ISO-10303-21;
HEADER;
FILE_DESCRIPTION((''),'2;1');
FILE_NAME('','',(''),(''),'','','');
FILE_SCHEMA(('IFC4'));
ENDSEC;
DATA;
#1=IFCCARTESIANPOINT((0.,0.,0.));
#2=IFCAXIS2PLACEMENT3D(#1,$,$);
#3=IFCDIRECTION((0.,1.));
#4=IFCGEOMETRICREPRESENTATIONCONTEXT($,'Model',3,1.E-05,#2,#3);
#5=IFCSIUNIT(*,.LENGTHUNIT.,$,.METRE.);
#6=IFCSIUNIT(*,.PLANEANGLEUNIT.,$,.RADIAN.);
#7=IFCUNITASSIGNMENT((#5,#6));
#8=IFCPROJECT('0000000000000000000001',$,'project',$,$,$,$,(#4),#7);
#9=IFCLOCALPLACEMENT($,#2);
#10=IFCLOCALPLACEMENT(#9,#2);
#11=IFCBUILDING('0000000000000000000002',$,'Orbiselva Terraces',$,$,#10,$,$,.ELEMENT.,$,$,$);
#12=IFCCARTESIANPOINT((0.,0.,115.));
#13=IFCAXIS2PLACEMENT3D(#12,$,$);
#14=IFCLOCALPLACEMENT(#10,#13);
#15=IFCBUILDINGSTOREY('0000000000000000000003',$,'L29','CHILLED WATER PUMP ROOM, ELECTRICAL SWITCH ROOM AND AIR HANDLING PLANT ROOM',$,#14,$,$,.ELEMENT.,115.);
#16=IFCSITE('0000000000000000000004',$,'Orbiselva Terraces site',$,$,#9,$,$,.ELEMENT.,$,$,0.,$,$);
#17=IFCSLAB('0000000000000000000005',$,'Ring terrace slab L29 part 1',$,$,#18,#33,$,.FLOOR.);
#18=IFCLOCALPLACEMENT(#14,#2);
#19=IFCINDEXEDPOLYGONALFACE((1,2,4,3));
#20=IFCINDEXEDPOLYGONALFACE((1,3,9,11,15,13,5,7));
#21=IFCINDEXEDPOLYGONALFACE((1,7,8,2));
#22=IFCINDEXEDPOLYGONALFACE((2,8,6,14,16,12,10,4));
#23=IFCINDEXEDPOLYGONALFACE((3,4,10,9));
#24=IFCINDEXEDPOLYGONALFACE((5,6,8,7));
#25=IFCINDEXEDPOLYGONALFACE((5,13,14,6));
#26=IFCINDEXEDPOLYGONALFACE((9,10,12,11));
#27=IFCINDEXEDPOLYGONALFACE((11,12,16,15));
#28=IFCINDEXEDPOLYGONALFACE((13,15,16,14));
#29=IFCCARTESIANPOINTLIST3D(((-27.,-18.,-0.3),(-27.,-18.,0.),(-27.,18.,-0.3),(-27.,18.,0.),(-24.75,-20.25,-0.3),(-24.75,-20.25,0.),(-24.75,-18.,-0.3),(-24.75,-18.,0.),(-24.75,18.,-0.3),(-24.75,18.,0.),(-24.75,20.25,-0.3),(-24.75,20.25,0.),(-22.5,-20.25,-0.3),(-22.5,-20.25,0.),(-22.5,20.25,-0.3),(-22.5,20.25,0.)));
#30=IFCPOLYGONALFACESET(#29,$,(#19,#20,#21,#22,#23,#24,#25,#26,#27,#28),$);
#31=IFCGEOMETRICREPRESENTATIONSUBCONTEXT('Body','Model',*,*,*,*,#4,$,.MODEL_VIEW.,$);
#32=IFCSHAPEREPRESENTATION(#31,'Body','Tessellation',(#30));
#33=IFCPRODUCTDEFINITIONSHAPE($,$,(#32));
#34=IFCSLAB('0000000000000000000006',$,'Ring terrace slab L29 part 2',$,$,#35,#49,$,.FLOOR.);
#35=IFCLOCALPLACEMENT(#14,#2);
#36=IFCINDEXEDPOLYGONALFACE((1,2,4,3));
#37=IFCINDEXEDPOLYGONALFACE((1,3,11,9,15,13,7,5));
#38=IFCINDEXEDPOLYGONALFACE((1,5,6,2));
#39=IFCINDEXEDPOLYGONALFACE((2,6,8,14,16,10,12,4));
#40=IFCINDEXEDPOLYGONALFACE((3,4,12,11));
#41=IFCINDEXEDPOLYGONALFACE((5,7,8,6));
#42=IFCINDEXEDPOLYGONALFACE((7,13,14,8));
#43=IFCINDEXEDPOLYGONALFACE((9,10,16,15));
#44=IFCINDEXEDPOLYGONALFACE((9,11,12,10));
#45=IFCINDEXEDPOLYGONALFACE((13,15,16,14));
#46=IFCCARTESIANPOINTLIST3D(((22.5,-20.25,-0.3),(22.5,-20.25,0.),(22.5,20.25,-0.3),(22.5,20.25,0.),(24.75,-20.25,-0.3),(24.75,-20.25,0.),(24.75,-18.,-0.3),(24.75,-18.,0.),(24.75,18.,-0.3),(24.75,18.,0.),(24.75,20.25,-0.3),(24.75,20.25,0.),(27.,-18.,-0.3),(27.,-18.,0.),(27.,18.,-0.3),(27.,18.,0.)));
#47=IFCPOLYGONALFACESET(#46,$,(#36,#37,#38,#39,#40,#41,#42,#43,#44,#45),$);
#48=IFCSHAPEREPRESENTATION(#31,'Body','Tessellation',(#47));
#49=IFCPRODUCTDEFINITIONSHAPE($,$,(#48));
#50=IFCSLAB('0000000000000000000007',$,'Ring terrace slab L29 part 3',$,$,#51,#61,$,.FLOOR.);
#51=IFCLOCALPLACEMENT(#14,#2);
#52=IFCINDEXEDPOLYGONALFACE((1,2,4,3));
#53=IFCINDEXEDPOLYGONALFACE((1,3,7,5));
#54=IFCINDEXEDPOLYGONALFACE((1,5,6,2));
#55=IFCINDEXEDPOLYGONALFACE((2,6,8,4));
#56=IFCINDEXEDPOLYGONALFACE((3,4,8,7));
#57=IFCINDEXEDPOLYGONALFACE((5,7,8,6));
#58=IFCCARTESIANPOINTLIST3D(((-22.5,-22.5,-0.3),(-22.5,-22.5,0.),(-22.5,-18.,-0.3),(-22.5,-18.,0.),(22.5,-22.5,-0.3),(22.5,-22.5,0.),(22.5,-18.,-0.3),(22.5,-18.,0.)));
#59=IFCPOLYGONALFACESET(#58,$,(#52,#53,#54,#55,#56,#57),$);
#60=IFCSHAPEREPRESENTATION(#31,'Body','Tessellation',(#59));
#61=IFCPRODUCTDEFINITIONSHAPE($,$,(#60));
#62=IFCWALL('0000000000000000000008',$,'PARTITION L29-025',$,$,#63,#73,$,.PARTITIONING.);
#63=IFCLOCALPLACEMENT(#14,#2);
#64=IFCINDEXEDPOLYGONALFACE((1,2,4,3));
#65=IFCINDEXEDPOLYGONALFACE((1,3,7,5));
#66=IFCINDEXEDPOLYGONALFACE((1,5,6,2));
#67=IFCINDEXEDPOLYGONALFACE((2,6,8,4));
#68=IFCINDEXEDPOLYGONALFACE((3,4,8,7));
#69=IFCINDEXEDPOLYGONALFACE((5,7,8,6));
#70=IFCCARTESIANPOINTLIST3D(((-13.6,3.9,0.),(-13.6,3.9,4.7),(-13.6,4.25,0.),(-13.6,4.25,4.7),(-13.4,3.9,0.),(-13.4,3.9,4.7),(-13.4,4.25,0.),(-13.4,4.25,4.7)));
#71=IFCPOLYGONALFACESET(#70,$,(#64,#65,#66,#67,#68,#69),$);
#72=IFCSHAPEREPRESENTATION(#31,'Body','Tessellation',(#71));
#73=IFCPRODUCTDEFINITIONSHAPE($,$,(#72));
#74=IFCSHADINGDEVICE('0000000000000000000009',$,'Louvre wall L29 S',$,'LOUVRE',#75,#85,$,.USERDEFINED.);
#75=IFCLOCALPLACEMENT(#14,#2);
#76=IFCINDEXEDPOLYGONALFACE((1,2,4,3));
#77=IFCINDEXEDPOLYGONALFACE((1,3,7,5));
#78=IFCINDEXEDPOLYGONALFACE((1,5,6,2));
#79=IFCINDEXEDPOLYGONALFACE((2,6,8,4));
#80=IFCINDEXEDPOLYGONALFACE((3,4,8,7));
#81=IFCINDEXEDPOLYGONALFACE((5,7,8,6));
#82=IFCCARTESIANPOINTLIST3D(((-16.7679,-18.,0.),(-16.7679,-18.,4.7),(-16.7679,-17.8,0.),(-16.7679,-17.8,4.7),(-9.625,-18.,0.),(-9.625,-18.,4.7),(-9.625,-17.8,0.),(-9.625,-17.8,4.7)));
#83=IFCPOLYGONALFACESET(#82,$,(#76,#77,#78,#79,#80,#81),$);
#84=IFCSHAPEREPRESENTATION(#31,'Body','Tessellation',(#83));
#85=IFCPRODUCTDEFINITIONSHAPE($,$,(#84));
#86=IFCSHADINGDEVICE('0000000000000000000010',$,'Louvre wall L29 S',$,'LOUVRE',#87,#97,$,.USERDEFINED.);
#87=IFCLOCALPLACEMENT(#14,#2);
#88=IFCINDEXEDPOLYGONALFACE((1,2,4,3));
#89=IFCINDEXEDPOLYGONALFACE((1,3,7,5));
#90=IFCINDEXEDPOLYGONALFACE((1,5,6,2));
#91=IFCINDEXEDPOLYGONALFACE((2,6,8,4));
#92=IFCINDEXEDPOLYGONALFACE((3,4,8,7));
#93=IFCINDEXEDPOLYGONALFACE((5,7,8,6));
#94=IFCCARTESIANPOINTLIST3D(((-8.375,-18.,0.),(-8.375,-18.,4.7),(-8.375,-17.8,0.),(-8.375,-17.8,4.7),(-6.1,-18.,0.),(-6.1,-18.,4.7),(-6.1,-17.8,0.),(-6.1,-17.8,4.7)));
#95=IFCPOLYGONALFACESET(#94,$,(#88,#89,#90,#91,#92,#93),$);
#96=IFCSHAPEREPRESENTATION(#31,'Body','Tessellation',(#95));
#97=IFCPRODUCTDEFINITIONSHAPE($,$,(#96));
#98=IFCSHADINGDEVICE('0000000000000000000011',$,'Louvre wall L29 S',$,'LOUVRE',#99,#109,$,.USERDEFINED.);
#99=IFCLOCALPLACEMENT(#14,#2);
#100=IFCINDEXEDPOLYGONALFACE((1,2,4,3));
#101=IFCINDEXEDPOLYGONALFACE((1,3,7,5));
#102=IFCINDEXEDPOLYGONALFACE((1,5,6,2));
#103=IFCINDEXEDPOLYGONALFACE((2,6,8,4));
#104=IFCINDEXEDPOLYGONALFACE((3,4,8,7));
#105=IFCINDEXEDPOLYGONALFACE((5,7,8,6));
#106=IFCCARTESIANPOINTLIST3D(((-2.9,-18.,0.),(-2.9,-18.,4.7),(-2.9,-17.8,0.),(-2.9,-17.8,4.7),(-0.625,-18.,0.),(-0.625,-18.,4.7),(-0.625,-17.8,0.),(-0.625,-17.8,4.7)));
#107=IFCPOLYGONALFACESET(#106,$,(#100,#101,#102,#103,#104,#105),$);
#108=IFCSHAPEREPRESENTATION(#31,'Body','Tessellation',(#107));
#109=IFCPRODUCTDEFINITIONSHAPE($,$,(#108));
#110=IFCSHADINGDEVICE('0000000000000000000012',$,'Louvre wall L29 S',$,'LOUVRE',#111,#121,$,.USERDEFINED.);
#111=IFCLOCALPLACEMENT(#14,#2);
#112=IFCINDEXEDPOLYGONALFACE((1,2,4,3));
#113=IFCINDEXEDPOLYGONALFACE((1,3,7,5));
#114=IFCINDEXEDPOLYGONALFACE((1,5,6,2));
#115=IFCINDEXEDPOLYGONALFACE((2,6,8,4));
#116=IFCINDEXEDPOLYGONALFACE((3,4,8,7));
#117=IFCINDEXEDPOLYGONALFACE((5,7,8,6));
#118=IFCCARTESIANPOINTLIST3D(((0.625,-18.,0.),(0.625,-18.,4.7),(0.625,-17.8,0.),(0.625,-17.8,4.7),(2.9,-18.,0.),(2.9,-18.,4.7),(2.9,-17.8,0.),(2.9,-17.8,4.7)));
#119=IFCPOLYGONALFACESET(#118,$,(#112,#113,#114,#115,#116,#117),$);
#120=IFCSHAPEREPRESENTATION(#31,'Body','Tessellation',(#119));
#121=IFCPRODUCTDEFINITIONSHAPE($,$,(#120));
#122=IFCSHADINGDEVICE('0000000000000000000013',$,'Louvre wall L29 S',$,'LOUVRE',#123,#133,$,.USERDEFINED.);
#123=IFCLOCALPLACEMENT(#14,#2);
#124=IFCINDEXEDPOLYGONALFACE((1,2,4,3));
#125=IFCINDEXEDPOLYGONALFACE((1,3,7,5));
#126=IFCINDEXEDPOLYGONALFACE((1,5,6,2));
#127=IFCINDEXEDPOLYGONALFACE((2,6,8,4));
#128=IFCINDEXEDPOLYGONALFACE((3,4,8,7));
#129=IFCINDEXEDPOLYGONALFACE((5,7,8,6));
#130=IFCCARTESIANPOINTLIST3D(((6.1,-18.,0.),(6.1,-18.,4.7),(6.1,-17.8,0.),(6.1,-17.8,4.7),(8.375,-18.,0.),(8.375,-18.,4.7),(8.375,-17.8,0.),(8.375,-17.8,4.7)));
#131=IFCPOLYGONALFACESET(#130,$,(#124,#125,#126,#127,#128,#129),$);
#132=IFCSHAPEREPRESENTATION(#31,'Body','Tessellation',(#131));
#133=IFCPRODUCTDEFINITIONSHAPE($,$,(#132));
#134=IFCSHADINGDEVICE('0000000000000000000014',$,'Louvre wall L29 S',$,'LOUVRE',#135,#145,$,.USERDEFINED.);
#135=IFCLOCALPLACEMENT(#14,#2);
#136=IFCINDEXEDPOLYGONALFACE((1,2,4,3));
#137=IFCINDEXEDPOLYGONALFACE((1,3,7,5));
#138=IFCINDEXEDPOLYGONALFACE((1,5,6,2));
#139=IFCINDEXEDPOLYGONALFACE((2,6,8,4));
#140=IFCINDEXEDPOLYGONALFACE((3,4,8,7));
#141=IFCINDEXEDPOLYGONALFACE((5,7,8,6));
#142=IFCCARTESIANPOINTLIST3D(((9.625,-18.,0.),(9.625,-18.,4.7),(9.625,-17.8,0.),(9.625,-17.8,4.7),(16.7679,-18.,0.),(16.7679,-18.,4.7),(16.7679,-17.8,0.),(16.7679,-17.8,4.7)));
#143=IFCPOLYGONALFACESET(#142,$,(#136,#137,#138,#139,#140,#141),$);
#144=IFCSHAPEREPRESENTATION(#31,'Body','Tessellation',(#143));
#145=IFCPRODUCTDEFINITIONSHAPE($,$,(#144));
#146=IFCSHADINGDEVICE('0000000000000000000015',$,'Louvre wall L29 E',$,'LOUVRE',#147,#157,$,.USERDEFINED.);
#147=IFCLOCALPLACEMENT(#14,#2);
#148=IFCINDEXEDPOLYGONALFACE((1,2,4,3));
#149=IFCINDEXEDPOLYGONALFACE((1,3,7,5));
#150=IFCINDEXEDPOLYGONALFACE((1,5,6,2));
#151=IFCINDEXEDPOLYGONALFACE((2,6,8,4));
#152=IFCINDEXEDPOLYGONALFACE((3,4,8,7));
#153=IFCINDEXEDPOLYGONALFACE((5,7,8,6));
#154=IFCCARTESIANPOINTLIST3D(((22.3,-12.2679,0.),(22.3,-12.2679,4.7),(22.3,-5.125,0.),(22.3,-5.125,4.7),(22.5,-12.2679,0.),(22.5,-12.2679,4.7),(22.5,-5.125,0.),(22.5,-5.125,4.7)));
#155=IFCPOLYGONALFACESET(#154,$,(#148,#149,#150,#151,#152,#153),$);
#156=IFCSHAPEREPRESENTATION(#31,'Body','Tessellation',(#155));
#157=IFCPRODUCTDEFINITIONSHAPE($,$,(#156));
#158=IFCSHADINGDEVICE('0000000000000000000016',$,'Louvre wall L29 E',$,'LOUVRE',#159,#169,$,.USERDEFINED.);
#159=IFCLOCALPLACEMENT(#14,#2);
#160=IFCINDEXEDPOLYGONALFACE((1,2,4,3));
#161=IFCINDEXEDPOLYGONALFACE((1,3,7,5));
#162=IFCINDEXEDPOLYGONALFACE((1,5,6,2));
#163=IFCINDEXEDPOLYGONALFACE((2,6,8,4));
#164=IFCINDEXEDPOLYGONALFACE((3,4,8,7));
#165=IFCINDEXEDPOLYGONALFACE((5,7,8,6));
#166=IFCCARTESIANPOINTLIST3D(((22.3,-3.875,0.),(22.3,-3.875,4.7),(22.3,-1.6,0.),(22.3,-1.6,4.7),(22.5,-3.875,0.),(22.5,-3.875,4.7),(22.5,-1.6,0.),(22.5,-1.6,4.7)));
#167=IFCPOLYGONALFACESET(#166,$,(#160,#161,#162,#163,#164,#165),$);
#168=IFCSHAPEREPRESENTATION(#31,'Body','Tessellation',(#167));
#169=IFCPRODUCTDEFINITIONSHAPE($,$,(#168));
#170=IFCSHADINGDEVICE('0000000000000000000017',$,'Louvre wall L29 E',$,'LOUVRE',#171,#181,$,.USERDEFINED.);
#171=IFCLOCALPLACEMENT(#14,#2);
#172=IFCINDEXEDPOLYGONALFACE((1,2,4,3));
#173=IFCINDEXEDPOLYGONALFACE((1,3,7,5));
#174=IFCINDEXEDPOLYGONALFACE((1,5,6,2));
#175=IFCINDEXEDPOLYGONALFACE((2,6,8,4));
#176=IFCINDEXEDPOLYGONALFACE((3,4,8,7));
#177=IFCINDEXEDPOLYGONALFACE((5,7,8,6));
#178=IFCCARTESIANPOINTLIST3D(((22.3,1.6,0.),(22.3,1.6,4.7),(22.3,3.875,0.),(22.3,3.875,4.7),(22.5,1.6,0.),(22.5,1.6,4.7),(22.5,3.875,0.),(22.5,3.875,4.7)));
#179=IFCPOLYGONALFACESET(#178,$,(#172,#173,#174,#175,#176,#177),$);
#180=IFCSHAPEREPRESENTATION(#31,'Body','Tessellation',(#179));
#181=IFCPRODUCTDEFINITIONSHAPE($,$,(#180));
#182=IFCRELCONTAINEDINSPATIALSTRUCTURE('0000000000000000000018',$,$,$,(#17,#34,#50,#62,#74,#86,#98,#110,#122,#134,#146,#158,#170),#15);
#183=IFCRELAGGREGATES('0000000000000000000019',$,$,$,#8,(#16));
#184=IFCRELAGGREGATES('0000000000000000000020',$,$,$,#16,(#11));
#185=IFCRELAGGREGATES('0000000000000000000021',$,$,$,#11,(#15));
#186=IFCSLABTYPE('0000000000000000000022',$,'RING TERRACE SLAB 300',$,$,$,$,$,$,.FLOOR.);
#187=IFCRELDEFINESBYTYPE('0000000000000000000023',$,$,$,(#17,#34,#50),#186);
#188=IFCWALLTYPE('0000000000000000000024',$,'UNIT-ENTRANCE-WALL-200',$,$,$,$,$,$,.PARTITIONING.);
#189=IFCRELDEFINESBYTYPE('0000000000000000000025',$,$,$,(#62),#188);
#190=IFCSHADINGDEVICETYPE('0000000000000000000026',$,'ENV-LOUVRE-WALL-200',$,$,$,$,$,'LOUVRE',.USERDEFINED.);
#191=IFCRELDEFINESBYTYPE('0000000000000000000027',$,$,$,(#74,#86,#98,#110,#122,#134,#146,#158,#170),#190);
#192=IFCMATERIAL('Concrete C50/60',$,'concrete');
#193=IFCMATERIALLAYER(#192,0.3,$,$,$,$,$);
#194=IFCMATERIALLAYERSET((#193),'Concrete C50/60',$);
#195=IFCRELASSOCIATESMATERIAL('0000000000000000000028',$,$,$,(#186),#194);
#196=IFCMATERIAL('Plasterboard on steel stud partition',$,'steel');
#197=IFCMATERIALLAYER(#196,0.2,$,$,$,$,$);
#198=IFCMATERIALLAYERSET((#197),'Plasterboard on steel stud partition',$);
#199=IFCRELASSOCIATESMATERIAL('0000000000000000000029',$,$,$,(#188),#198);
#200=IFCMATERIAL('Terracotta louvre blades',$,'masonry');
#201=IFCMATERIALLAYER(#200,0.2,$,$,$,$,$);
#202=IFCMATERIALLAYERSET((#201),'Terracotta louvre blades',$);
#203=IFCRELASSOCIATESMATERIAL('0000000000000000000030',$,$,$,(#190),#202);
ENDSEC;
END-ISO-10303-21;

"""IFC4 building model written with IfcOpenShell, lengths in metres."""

from ifc_helpers import new_model, si_unit, direction, frame, frame_2d, origin, place, context, subcontext, project, spatial, polyline, rectangle, outline, extrude, material, layer, layer_set, type_object, element, save


model = new_model("IFC4")

# Units and contexts
model_context = context("Model", 3, precision=1e-05, world=origin(), true_north=direction((0.0, 1.0)))
body_context = subcontext(model_context, "Body", "Model", "MODEL_VIEW")
ifc_project = project(units=[si_unit("LENGTHUNIT", "METRE"), si_unit("PLANEANGLEUNIT", "RADIAN")], contexts=[model_context])

# Site, building, storey
site_placement = place(None, origin())
site = spatial("IfcSite", under=ifc_project, at=site_placement, Name="Orbiselva Terraces site", CompositionType="ELEMENT", RefElevation=0.0)
building_placement = place(site_placement, origin())
building = spatial("IfcBuilding", under=site, at=building_placement, Name="Orbiselva Terraces", CompositionType="ELEMENT")
storey_placement = place(building_placement, frame((0.0, 0.0, 115.0)))
storey = spatial("IfcBuildingStorey", under=building, at=storey_placement, Name="L29", Description="CHILLED WATER PUMP ROOM, ELECTRICAL SWITCH ROOM AND AIR HANDLING PLANT ROOM", CompositionType="ELEMENT", Elevation=115.0)

# Slabs
ifc_material_1 = material(Name="Concrete C50/60", Category="concrete")
ifc_layer_1 = layer(ifc_material_1, 0.3)
ifc_layer_set_1 = layer_set([ifc_layer_1], Name="Concrete C50/60")
slab_type_1 = type_object("IfcSlabType", Name="RING TERRACE SLAB 300", PredefinedType="FLOOR", material=ifc_layer_set_1)
slab_1_placement = place(storey_placement, frame((0.0, 0.0, -0.3)))
element("IfcSlab", 1, at=slab_1_placement, inside=storey, type_object=slab_type_1, Name="Ring terrace slab L29 part 1", PredefinedType="FLOOR", context=body_context, shape_type="SweptSolid", body=[
    extrude(outline(polyline([(-22.5, -20.25), (-22.5, 20.25), (-24.75, 20.25), (-24.75, 18.0), (-27.0, 18.0), (-27.0, -18.0), (-24.75, -18.0), (-24.75, -20.25), (-22.5, -20.25)])), origin(), (0.0, 0.0, 1.0), 0.3),
])
slab_2_placement = place(storey_placement, frame((0.0, 0.0, -0.3)))
element("IfcSlab", 2, at=slab_2_placement, inside=storey, type_object=slab_type_1, Name="Ring terrace slab L29 part 2", PredefinedType="FLOOR", context=body_context, shape_type="SweptSolid", body=[
    extrude(outline(polyline([(22.5, -20.25), (24.75, -20.25), (24.75, -18.0), (27.0, -18.0), (27.0, 18.0), (24.75, 18.0), (24.75, 20.25), (22.5, 20.25), (22.5, -20.25)])), origin(), (0.0, 0.0, 1.0), 0.3),
])
slab_3_placement = place(storey_placement, frame((0.0, 0.0, -0.3)))
element("IfcSlab", 3, at=slab_3_placement, inside=storey, type_object=slab_type_1, Name="Ring terrace slab L29 part 3", PredefinedType="FLOOR", context=body_context, shape_type="SweptSolid", body=[
    extrude(outline(polyline([(22.5, -18.0), (-22.5, -18.0), (-22.5, -22.5), (22.5, -22.5), (22.5, -18.0)])), origin(), (0.0, 0.0, 1.0), 0.3),
])

# Wall
ifc_material_2 = material(Name="Plasterboard on steel stud partition", Category="steel")
ifc_layer_2 = layer(ifc_material_2, 0.2)
ifc_layer_set_2 = layer_set([ifc_layer_2], Name="Plasterboard on steel stud partition")
wall_type = type_object("IfcWallType", Name="UNIT-ENTRANCE-WALL-200", PredefinedType="PARTITIONING", material=ifc_layer_set_2)
wall_placement = place(storey_placement, frame((-13.5, 3.9, 0.0), z_axis=(0.0, 0.0, 1.0), x_axis=(0.0, 1.0, 0.0)))
element("IfcWall", 4, at=wall_placement, inside=storey, type_object=wall_type, Name="PARTITION L29-025", PredefinedType="PARTITIONING", context=body_context, shape_type="SweptSolid", body=[
    extrude(rectangle(XDim=0.35, YDim=0.2, at=frame_2d((0.175, 0.0))), origin(), (0.0, 0.0, 1.0), 4.7),
])

# Shading devices
ifc_material_3 = material(Name="Terracotta louvre blades", Category="masonry")
ifc_layer_3 = layer(ifc_material_3, 0.2)
ifc_layer_set_3 = layer_set([ifc_layer_3], Name="Terracotta louvre blades")
shading_device_type = type_object("IfcShadingDeviceType", Name="ENV-LOUVRE-WALL-200", ElementType="LOUVRE", PredefinedType="USERDEFINED", material=ifc_layer_set_3)
shading_device_1_placement = place(storey_placement, origin())
element("IfcShadingDevice", 5, at=shading_device_1_placement, inside=storey, type_object=shading_device_type, Name="Louvre wall L29 S", ObjectType="LOUVRE", PredefinedType="USERDEFINED", context=body_context, shape_type="SweptSolid", body=[
    extrude(outline(polyline([(-16.7679, -18.0), (-9.625, -18.0), (-9.625, -17.8), (-16.7679, -17.8), (-16.7679, -18.0)])), origin(), (0.0, 0.0, 1.0), 4.7),
])
shading_device_2_placement = place(storey_placement, origin())
element("IfcShadingDevice", 6, at=shading_device_2_placement, inside=storey, type_object=shading_device_type, Name="Louvre wall L29 S", ObjectType="LOUVRE", PredefinedType="USERDEFINED", context=body_context, shape_type="SweptSolid", body=[
    extrude(outline(polyline([(-8.375, -18.0), (-6.1, -18.0), (-6.1, -17.8), (-8.375, -17.8), (-8.375, -18.0)])), origin(), (0.0, 0.0, 1.0), 4.7),
])
shading_device_3_placement = place(storey_placement, origin())
element("IfcShadingDevice", 7, at=shading_device_3_placement, inside=storey, type_object=shading_device_type, Name="Louvre wall L29 S", ObjectType="LOUVRE", PredefinedType="USERDEFINED", context=body_context, shape_type="SweptSolid", body=[
    extrude(outline(polyline([(-2.9, -18.0), (-0.625, -18.0), (-0.625, -17.8), (-2.9, -17.8), (-2.9, -18.0)])), origin(), (0.0, 0.0, 1.0), 4.7),
])
shading_device_4_placement = place(storey_placement, origin())
element("IfcShadingDevice", 8, at=shading_device_4_placement, inside=storey, type_object=shading_device_type, Name="Louvre wall L29 S", ObjectType="LOUVRE", PredefinedType="USERDEFINED", context=body_context, shape_type="SweptSolid", body=[
    extrude(outline(polyline([(0.625, -18.0), (2.9, -18.0), (2.9, -17.8), (0.625, -17.8), (0.625, -18.0)])), origin(), (0.0, 0.0, 1.0), 4.7),
])
shading_device_5_placement = place(storey_placement, origin())
element("IfcShadingDevice", 9, at=shading_device_5_placement, inside=storey, type_object=shading_device_type, Name="Louvre wall L29 S", ObjectType="LOUVRE", PredefinedType="USERDEFINED", context=body_context, shape_type="SweptSolid", body=[
    extrude(outline(polyline([(6.1, -18.0), (8.375, -18.0), (8.375, -17.8), (6.1, -17.8), (6.1, -18.0)])), origin(), (0.0, 0.0, 1.0), 4.7),
])
shading_device_6_placement = place(storey_placement, origin())
element("IfcShadingDevice", 10, at=shading_device_6_placement, inside=storey, type_object=shading_device_type, Name="Louvre wall L29 S", ObjectType="LOUVRE", PredefinedType="USERDEFINED", context=body_context, shape_type="SweptSolid", body=[
    extrude(outline(polyline([(9.625, -18.0), (16.7679, -18.0), (16.7679, -17.8), (9.625, -17.8), (9.625, -18.0)])), origin(), (0.0, 0.0, 1.0), 4.7),
])
shading_device_7_placement = place(storey_placement, origin())
element("IfcShadingDevice", 11, at=shading_device_7_placement, inside=storey, type_object=shading_device_type, Name="Louvre wall L29 E", ObjectType="LOUVRE", PredefinedType="USERDEFINED", context=body_context, shape_type="SweptSolid", body=[
    extrude(outline(polyline([(22.5, -12.2679), (22.5, -5.125), (22.3, -5.125), (22.3, -12.2679), (22.5, -12.2679)])), origin(), (0.0, 0.0, 1.0), 4.7),
])
shading_device_8_placement = place(storey_placement, origin())
element("IfcShadingDevice", 12, at=shading_device_8_placement, inside=storey, type_object=shading_device_type, Name="Louvre wall L29 E", ObjectType="LOUVRE", PredefinedType="USERDEFINED", context=body_context, shape_type="SweptSolid", body=[
    extrude(outline(polyline([(22.5, -3.875), (22.5, -1.6), (22.3, -1.6), (22.3, -3.875), (22.5, -3.875)])), origin(), (0.0, 0.0, 1.0), 4.7),
])
shading_device_9_placement = place(storey_placement, origin())
element("IfcShadingDevice", 13, at=shading_device_9_placement, inside=storey, type_object=shading_device_type, Name="Louvre wall L29 E", ObjectType="LOUVRE", PredefinedType="USERDEFINED", context=body_context, shape_type="SweptSolid", body=[
    extrude(outline(polyline([(22.5, 1.6), (22.5, 3.875), (22.3, 3.875), (22.3, 1.6), (22.5, 1.6)])), origin(), (0.0, 0.0, 1.0), 4.7),
])

save(model, "model.ifc")
